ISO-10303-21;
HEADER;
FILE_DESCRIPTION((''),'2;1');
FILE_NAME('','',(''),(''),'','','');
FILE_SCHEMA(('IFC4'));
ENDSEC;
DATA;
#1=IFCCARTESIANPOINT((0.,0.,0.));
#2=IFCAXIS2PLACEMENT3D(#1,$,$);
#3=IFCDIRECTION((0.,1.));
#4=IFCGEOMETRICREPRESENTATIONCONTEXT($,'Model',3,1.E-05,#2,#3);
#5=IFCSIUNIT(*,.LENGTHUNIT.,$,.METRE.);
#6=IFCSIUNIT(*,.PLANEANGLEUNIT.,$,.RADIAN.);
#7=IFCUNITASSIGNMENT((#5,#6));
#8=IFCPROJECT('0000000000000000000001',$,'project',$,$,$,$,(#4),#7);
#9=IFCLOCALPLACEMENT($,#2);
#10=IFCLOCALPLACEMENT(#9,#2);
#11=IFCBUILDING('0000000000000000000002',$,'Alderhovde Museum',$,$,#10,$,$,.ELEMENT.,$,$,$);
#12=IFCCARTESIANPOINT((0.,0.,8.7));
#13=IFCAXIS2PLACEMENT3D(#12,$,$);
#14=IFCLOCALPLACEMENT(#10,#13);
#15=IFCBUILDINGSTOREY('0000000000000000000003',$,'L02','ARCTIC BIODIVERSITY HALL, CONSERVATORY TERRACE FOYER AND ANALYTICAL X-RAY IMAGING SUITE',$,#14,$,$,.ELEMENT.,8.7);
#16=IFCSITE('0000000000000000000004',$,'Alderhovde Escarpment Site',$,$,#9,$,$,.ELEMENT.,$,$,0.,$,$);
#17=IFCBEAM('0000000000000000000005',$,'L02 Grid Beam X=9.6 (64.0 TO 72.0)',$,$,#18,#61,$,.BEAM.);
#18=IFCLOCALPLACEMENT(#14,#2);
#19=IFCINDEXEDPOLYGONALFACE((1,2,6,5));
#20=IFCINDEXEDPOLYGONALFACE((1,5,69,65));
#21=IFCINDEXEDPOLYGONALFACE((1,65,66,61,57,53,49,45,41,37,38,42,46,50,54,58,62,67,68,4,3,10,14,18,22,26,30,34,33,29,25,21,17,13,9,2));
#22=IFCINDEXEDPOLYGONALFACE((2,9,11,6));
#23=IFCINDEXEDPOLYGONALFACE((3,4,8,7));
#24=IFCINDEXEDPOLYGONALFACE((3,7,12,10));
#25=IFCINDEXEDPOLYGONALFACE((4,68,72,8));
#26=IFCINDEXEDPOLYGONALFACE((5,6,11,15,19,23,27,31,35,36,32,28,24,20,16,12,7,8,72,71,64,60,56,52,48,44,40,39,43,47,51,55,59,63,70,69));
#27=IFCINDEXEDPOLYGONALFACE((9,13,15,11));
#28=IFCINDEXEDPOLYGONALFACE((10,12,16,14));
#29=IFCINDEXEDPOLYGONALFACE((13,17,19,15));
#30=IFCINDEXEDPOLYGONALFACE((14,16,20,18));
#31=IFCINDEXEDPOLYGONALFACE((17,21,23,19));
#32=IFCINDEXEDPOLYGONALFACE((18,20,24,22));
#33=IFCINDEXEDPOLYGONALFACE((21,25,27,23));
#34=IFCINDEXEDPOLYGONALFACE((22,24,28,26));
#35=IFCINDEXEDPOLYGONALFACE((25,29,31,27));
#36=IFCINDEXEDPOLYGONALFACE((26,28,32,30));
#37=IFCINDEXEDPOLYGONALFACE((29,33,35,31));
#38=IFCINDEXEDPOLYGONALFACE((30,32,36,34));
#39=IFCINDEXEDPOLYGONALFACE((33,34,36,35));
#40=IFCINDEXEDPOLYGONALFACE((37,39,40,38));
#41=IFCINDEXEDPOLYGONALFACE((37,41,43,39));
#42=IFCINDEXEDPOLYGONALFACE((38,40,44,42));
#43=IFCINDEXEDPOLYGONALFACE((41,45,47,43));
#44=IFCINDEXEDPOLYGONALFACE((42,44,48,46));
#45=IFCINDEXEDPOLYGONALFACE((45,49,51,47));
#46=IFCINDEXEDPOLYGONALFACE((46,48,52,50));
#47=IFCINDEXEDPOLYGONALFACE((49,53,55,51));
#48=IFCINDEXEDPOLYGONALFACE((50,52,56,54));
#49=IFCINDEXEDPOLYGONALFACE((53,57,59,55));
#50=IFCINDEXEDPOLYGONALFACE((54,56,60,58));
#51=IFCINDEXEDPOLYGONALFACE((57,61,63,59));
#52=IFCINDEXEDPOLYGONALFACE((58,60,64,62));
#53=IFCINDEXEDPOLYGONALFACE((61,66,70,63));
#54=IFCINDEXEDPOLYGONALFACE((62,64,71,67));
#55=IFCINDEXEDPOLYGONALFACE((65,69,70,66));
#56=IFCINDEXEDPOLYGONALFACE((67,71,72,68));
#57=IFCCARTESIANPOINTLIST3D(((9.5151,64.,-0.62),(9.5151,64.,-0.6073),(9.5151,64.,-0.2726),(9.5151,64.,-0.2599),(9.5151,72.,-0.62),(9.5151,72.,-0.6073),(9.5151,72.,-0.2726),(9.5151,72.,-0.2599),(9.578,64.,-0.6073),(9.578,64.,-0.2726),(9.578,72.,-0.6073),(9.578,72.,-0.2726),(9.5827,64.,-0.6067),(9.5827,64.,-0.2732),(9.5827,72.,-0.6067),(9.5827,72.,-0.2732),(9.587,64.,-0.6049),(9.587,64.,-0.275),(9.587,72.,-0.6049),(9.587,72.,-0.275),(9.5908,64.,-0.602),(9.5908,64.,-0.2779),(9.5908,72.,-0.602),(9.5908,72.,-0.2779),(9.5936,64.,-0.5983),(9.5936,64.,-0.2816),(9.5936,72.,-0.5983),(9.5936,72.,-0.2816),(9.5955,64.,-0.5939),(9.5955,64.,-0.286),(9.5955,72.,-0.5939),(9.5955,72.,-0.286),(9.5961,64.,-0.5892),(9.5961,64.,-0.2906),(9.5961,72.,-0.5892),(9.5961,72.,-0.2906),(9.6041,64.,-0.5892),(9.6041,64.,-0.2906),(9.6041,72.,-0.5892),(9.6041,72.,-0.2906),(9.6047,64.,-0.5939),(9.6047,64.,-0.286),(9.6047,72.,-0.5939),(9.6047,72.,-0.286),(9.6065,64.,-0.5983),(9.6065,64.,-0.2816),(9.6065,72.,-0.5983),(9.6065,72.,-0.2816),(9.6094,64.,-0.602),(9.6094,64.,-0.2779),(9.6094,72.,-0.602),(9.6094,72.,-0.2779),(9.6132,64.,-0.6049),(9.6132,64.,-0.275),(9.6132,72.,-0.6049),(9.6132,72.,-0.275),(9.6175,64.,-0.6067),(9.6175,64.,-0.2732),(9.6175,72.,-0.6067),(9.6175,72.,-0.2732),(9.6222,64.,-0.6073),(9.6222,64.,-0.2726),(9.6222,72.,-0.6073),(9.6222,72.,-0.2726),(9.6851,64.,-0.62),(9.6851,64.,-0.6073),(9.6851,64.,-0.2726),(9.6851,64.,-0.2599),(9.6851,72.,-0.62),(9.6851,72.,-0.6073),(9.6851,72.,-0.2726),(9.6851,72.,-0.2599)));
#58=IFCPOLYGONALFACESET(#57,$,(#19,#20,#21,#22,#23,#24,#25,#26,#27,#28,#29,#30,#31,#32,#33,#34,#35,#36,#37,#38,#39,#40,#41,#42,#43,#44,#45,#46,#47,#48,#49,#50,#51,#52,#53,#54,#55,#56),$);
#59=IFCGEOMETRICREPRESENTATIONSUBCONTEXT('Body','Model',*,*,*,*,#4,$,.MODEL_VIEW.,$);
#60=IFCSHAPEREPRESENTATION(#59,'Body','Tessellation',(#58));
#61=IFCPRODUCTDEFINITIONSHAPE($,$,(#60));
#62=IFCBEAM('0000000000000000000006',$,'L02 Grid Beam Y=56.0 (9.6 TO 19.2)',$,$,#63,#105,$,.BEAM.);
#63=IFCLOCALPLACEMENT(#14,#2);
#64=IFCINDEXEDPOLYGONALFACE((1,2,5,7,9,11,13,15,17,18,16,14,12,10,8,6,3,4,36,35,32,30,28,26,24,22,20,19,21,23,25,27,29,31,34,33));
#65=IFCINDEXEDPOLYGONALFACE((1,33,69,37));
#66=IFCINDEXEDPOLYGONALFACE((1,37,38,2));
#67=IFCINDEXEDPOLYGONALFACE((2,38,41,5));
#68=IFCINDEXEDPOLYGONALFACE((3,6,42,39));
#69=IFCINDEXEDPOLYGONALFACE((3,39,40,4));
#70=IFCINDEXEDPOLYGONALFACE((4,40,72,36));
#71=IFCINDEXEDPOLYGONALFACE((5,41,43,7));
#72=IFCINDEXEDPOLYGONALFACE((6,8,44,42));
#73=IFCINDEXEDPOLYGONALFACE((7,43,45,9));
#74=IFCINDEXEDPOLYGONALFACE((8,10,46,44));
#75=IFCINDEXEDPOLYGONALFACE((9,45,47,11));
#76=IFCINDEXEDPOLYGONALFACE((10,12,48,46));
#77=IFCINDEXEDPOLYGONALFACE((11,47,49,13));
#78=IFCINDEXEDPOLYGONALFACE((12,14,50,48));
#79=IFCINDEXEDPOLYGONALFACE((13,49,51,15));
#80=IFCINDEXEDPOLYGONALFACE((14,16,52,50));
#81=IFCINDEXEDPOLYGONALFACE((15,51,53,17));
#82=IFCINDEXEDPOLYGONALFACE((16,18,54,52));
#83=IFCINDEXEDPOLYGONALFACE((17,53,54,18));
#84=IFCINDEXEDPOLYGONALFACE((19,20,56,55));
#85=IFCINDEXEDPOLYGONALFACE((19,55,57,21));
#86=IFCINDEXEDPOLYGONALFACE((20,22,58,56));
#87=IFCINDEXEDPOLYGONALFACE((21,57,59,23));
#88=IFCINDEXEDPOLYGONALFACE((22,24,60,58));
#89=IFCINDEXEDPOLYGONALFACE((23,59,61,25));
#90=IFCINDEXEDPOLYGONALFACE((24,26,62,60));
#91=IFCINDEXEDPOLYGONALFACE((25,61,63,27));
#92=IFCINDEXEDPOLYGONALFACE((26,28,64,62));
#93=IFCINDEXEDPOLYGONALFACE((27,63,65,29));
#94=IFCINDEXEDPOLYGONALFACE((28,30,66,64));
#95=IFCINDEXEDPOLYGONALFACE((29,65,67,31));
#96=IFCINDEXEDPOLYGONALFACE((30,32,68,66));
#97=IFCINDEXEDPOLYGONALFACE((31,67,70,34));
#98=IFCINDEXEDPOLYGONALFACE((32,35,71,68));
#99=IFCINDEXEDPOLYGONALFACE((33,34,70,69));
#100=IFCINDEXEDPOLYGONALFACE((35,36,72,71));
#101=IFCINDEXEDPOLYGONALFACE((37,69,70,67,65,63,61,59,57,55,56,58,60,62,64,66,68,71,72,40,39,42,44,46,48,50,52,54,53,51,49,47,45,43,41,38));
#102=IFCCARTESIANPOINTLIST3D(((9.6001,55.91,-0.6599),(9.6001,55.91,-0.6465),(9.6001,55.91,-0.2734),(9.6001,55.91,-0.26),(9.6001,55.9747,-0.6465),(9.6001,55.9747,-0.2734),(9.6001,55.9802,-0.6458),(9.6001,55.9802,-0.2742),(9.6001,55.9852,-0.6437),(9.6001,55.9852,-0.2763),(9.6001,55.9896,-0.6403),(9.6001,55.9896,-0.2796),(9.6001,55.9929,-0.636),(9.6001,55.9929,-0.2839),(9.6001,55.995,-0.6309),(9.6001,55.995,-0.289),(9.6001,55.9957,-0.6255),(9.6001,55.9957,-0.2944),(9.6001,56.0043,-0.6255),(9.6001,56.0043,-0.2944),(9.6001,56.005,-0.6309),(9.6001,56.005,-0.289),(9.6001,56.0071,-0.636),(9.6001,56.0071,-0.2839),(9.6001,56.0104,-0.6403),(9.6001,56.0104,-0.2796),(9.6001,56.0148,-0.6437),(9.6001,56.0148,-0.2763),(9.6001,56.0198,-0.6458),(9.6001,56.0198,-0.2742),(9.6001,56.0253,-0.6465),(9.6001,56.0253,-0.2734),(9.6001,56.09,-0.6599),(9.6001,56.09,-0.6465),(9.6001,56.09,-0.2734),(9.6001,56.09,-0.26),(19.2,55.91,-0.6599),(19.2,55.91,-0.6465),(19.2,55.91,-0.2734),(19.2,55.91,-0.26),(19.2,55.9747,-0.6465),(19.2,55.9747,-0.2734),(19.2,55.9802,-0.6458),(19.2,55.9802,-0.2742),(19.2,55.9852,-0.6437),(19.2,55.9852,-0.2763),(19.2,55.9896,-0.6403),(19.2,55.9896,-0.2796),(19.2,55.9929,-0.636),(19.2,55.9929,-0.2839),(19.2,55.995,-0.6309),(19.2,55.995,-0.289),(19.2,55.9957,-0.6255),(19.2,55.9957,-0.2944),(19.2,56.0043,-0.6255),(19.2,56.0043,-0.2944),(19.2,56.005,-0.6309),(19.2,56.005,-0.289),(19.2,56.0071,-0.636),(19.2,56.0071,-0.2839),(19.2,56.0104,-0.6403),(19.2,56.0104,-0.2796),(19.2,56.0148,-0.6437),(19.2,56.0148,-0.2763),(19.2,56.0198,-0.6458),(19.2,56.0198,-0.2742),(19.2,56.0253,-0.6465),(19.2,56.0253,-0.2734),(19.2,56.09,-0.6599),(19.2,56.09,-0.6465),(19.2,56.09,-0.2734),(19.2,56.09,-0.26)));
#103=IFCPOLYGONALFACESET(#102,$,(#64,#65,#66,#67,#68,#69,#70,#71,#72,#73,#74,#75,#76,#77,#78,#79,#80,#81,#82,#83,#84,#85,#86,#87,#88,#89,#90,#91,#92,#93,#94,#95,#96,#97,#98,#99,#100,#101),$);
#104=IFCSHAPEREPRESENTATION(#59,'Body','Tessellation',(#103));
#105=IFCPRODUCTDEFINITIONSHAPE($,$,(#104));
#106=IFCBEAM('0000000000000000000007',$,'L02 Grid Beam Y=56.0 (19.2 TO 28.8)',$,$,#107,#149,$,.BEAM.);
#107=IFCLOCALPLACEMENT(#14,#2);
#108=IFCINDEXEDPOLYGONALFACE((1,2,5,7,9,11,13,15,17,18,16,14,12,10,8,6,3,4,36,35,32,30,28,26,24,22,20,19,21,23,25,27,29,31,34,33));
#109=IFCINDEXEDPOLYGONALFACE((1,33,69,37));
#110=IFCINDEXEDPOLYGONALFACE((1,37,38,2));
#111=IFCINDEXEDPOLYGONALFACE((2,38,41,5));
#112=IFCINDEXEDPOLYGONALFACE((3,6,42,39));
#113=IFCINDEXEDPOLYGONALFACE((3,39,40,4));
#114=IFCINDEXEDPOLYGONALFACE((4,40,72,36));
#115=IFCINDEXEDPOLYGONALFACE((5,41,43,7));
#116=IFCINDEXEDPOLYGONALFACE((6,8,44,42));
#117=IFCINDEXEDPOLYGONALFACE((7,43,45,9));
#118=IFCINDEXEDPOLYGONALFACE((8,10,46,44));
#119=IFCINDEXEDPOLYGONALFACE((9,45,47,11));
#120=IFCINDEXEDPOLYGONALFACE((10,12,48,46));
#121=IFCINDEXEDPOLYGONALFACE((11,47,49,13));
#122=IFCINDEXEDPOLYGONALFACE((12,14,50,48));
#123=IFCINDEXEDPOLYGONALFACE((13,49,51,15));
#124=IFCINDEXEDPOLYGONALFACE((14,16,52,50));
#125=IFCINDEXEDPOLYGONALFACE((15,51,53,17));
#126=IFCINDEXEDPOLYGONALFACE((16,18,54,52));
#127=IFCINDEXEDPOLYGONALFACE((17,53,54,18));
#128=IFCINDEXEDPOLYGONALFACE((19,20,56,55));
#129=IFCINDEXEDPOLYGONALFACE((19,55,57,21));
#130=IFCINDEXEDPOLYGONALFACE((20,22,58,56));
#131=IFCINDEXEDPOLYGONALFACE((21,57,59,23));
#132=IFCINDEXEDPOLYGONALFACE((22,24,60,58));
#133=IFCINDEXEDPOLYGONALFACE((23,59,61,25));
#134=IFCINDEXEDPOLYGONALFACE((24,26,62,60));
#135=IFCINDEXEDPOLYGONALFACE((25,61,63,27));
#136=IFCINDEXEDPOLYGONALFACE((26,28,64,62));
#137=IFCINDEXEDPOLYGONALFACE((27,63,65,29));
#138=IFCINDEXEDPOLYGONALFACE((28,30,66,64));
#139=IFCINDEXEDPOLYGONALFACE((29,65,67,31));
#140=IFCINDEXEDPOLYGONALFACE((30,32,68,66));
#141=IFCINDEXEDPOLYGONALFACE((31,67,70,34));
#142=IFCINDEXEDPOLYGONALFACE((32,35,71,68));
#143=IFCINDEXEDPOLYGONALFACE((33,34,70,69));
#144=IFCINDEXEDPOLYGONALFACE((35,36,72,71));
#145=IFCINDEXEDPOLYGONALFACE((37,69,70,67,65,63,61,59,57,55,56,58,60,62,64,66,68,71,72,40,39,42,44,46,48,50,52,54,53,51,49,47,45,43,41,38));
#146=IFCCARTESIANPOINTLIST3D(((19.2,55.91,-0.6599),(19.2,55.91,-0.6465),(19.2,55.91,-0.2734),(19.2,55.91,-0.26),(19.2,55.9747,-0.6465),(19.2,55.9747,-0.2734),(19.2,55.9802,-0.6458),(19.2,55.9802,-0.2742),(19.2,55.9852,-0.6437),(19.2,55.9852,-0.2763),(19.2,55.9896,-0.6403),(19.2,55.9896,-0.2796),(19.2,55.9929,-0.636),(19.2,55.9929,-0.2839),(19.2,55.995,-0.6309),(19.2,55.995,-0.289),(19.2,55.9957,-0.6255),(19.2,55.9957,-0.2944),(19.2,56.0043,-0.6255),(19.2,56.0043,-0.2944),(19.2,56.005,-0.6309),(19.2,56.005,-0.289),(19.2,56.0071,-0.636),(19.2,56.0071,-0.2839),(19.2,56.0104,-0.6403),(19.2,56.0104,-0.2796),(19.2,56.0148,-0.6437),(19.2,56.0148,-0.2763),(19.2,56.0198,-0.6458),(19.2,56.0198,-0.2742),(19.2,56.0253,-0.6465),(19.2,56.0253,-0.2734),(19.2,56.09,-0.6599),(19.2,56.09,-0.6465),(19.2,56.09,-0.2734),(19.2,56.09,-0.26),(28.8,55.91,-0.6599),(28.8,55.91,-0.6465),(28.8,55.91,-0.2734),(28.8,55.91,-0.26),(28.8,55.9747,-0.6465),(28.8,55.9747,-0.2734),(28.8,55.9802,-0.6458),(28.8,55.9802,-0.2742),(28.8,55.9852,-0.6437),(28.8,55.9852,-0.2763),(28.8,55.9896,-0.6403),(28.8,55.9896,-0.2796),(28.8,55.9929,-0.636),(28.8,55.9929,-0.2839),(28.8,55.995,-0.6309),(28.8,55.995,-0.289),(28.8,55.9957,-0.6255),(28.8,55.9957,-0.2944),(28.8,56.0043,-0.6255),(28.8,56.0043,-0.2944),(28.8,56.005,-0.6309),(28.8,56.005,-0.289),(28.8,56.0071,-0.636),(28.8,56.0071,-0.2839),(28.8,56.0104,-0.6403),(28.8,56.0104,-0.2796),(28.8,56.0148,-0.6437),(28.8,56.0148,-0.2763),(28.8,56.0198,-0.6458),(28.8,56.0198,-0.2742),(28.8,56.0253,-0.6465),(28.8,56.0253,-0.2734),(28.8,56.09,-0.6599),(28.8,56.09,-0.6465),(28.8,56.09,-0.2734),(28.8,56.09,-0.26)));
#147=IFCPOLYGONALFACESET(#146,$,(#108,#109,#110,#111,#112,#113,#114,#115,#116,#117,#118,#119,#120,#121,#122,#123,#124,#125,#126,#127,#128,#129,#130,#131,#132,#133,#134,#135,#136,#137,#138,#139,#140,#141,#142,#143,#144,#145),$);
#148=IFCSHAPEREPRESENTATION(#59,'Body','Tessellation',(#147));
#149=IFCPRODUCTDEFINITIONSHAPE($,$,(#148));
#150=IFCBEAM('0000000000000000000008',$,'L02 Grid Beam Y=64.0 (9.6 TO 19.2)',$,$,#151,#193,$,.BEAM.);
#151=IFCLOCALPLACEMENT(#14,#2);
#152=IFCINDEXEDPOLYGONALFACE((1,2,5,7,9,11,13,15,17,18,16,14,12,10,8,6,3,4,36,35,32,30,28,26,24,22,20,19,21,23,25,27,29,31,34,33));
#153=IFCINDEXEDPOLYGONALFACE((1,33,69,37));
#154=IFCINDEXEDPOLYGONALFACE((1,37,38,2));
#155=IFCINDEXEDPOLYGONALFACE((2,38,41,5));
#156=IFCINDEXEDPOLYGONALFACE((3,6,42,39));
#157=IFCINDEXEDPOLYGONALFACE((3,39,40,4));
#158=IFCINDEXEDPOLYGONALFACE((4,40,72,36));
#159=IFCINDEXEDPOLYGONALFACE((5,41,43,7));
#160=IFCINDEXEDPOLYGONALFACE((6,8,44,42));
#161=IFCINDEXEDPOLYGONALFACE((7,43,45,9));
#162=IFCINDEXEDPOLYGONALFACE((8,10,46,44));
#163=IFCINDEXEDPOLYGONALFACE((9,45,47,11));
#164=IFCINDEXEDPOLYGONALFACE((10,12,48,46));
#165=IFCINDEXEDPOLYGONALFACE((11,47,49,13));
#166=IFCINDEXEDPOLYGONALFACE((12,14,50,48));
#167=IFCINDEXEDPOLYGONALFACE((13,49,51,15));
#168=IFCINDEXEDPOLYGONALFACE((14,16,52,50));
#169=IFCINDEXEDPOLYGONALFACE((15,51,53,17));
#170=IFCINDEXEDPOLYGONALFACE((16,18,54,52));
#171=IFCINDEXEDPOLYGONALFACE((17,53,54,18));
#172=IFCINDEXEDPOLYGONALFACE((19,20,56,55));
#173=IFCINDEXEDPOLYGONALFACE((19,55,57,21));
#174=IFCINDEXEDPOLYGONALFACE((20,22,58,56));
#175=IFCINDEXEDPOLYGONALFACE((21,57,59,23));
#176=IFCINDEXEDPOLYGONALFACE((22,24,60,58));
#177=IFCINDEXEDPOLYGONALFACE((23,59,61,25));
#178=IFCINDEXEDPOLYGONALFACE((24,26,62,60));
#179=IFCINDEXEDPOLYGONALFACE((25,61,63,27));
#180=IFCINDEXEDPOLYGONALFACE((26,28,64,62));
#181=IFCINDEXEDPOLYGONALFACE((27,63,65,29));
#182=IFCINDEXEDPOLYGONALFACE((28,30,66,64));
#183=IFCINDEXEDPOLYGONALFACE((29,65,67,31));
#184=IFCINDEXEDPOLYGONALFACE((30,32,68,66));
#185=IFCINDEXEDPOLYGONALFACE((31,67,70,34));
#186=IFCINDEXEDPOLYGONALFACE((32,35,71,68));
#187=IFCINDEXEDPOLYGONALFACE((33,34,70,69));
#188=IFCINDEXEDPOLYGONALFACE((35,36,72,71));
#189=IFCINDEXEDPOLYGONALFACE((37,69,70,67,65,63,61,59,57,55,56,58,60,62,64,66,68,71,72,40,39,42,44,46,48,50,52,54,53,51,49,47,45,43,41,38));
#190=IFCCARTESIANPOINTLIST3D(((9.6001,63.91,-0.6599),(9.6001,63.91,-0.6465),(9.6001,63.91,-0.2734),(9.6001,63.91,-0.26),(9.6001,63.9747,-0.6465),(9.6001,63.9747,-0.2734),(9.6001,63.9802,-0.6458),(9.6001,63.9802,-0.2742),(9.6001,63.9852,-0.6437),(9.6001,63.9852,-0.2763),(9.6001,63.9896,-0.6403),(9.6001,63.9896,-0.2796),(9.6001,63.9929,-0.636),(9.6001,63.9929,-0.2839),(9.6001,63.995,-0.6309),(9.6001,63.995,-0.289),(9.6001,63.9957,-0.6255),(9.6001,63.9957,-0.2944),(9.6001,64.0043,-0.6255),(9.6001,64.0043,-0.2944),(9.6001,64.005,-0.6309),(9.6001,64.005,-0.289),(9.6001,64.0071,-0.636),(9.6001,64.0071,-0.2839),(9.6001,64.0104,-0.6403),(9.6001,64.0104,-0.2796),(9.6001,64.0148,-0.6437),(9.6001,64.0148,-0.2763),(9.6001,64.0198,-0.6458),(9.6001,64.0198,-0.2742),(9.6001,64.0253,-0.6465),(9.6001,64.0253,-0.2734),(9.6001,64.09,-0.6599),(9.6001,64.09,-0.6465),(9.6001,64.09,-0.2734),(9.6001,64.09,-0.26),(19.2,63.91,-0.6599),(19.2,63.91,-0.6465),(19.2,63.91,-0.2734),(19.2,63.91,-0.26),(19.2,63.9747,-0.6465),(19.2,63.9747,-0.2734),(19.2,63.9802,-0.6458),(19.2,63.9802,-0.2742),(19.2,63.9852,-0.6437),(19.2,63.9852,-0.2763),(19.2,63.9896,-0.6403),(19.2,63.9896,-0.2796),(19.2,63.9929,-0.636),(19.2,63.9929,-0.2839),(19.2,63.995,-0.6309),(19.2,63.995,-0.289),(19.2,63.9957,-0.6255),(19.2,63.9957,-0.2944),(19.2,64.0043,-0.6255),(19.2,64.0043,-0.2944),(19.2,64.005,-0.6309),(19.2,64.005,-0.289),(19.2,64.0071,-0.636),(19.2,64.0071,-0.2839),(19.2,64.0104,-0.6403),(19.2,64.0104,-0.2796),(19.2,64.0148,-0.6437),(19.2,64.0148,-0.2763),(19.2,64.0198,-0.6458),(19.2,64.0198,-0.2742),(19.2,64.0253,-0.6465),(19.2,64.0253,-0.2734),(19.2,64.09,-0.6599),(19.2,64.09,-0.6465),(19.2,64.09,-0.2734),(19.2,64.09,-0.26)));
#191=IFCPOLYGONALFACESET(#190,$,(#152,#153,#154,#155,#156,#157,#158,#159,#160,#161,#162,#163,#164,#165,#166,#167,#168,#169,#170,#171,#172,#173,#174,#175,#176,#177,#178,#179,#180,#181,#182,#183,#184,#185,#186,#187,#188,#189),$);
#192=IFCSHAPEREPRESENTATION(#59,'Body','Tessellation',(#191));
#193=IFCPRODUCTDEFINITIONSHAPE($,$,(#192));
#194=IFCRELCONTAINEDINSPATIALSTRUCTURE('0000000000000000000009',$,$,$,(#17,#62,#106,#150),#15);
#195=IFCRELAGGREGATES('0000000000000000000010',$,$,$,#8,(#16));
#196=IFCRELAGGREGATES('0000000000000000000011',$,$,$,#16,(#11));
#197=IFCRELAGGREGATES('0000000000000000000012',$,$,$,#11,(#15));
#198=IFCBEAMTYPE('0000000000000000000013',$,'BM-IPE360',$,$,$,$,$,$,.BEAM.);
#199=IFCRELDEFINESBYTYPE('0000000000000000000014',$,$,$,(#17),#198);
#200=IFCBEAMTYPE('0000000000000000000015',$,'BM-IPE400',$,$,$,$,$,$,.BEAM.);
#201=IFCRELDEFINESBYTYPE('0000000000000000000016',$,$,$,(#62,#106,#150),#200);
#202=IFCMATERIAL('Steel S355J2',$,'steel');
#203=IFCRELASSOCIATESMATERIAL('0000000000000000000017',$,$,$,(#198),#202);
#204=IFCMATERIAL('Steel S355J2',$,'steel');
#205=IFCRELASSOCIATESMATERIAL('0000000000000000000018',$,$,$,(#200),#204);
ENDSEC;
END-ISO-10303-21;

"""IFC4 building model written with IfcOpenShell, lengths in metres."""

from ifc_helpers import new_model, si_unit, direction, frame, origin, origin_2d, place, context, subcontext, project, spatial, i_section, extrude, material, material_profile, profile_set, type_object, element, save


model = new_model("IFC4")

# Units and contexts
model_context = context("Model", 3, precision=1e-05, world=origin(), true_north=direction((0.0, 1.0)))
body_context = subcontext(model_context, "Body", "Model", "MODEL_VIEW")
ifc_project = project(units=[si_unit("LENGTHUNIT", "METRE"), si_unit("PLANEANGLEUNIT", "RADIAN")], contexts=[model_context])

# Site, building, storey
site_placement = place(None, origin())
site = spatial("IfcSite", under=ifc_project, at=site_placement, Name="Alderhovde Escarpment Site", CompositionType="ELEMENT", RefElevation=0.0)
building_placement = place(site_placement, origin())
building = spatial("IfcBuilding", under=site, at=building_placement, Name="Alderhovde Museum", CompositionType="ELEMENT")
storey_placement = place(building_placement, frame((0.0, 0.0, 8.7)))
storey = spatial("IfcBuildingStorey", under=building, at=storey_placement, Name="L02", Description="ARCTIC BIODIVERSITY HALL, CONSERVATORY TERRACE FOYER AND ANALYTICAL X-RAY IMAGING SUITE", CompositionType="ELEMENT", Elevation=8.7)

# Beams
ifc_material_1 = material(Name="Steel S355J2", Category="steel")
ifc_material_profile_1 = material_profile(ifc_material_1, i_section(OverallWidth=0.1699, OverallDepth=0.3601, WebThickness=0.0081, FlangeThickness=0.0127, FilletRadius=0.0181, at=origin_2d()), Name="IPE 360")
ifc_profile_set_1 = profile_set([ifc_material_profile_1], Name="Steel S355J2")
beam_type_1 = type_object("IfcBeamType", Name="BM-IPE360", PredefinedType="BEAM", material=ifc_profile_set_1)
for number, where, z_axis, x_axis, name in (
    (1, (9.6001, 64.0, -0.4399), (0.0, 1.0, 0.0), (-1.0, 0.0, 0.0), "L02 Grid Beam X=9.6 (64.0 TO 72.0)"),
):
    element("IfcBeam", number, at=place(storey_placement, frame(where, z_axis=z_axis, x_axis=x_axis)), inside=storey, type_object=beam_type_1, Name=name, PredefinedType="BEAM", context=body_context, shape_type="SweptSolid", body=[
        extrude(i_section(OverallWidth=0.1699, OverallDepth=0.3601, WebThickness=0.0081, FlangeThickness=0.0127, FilletRadius=0.0181, at=origin_2d()), origin(), (0.0, 0.0, 1.0), 8.0),
    ])
ifc_material_2 = material(Name="Steel S355J2", Category="steel")
ifc_material_profile_2 = material_profile(ifc_material_2, i_section(OverallWidth=0.1799, OverallDepth=0.3999, WebThickness=0.0085, FlangeThickness=0.0134, FilletRadius=0.021, at=origin_2d()), Name="IPE 400")
ifc_profile_set_2 = profile_set([ifc_material_profile_2], Name="Steel S355J2")
beam_type_2 = type_object("IfcBeamType", Name="BM-IPE400", PredefinedType="BEAM", material=ifc_profile_set_2)
beam_1_placement = place(storey_placement, frame((9.6001, 56.0, -0.46), z_axis=(1.0, 0.0, 0.0), x_axis=(0.0, 1.0, 0.0)))
element("IfcBeam", 2, at=beam_1_placement, inside=storey, type_object=beam_type_2, Name="L02 Grid Beam Y=56.0 (9.6 TO 19.2)", PredefinedType="BEAM", context=body_context, shape_type="SweptSolid", body=[
    extrude(i_section(OverallWidth=0.1799, OverallDepth=0.3999, WebThickness=0.0085, FlangeThickness=0.0134, FilletRadius=0.021, at=origin_2d()), origin(), (0.0, 0.0, 1.0), 9.5999),
])
beam_2_placement = place(storey_placement, frame((19.2, 56.0, -0.46), z_axis=(1.0, 0.0, 0.0), x_axis=(0.0, 1.0, 0.0)))
element("IfcBeam", 3, at=beam_2_placement, inside=storey, type_object=beam_type_2, Name="L02 Grid Beam Y=56.0 (19.2 TO 28.8)", PredefinedType="BEAM", context=body_context, shape_type="SweptSolid", body=[
    extrude(i_section(OverallWidth=0.1799, OverallDepth=0.3999, WebThickness=0.0085, FlangeThickness=0.0134, FilletRadius=0.021, at=origin_2d()), origin(), (0.0, 0.0, 1.0), 9.6001),
])
beam_3_placement = place(storey_placement, frame((9.6001, 64.0, -0.46), z_axis=(1.0, 0.0, 0.0), x_axis=(0.0, 1.0, 0.0)))
element("IfcBeam", 4, at=beam_3_placement, inside=storey, type_object=beam_type_2, Name="L02 Grid Beam Y=64.0 (9.6 TO 19.2)", PredefinedType="BEAM", context=body_context, shape_type="SweptSolid", body=[
    extrude(i_section(OverallWidth=0.1799, OverallDepth=0.3999, WebThickness=0.0085, FlangeThickness=0.0134, FilletRadius=0.021, at=origin_2d()), origin(), (0.0, 0.0, 1.0), 9.5999),
])

save(model, "model.ifc")
